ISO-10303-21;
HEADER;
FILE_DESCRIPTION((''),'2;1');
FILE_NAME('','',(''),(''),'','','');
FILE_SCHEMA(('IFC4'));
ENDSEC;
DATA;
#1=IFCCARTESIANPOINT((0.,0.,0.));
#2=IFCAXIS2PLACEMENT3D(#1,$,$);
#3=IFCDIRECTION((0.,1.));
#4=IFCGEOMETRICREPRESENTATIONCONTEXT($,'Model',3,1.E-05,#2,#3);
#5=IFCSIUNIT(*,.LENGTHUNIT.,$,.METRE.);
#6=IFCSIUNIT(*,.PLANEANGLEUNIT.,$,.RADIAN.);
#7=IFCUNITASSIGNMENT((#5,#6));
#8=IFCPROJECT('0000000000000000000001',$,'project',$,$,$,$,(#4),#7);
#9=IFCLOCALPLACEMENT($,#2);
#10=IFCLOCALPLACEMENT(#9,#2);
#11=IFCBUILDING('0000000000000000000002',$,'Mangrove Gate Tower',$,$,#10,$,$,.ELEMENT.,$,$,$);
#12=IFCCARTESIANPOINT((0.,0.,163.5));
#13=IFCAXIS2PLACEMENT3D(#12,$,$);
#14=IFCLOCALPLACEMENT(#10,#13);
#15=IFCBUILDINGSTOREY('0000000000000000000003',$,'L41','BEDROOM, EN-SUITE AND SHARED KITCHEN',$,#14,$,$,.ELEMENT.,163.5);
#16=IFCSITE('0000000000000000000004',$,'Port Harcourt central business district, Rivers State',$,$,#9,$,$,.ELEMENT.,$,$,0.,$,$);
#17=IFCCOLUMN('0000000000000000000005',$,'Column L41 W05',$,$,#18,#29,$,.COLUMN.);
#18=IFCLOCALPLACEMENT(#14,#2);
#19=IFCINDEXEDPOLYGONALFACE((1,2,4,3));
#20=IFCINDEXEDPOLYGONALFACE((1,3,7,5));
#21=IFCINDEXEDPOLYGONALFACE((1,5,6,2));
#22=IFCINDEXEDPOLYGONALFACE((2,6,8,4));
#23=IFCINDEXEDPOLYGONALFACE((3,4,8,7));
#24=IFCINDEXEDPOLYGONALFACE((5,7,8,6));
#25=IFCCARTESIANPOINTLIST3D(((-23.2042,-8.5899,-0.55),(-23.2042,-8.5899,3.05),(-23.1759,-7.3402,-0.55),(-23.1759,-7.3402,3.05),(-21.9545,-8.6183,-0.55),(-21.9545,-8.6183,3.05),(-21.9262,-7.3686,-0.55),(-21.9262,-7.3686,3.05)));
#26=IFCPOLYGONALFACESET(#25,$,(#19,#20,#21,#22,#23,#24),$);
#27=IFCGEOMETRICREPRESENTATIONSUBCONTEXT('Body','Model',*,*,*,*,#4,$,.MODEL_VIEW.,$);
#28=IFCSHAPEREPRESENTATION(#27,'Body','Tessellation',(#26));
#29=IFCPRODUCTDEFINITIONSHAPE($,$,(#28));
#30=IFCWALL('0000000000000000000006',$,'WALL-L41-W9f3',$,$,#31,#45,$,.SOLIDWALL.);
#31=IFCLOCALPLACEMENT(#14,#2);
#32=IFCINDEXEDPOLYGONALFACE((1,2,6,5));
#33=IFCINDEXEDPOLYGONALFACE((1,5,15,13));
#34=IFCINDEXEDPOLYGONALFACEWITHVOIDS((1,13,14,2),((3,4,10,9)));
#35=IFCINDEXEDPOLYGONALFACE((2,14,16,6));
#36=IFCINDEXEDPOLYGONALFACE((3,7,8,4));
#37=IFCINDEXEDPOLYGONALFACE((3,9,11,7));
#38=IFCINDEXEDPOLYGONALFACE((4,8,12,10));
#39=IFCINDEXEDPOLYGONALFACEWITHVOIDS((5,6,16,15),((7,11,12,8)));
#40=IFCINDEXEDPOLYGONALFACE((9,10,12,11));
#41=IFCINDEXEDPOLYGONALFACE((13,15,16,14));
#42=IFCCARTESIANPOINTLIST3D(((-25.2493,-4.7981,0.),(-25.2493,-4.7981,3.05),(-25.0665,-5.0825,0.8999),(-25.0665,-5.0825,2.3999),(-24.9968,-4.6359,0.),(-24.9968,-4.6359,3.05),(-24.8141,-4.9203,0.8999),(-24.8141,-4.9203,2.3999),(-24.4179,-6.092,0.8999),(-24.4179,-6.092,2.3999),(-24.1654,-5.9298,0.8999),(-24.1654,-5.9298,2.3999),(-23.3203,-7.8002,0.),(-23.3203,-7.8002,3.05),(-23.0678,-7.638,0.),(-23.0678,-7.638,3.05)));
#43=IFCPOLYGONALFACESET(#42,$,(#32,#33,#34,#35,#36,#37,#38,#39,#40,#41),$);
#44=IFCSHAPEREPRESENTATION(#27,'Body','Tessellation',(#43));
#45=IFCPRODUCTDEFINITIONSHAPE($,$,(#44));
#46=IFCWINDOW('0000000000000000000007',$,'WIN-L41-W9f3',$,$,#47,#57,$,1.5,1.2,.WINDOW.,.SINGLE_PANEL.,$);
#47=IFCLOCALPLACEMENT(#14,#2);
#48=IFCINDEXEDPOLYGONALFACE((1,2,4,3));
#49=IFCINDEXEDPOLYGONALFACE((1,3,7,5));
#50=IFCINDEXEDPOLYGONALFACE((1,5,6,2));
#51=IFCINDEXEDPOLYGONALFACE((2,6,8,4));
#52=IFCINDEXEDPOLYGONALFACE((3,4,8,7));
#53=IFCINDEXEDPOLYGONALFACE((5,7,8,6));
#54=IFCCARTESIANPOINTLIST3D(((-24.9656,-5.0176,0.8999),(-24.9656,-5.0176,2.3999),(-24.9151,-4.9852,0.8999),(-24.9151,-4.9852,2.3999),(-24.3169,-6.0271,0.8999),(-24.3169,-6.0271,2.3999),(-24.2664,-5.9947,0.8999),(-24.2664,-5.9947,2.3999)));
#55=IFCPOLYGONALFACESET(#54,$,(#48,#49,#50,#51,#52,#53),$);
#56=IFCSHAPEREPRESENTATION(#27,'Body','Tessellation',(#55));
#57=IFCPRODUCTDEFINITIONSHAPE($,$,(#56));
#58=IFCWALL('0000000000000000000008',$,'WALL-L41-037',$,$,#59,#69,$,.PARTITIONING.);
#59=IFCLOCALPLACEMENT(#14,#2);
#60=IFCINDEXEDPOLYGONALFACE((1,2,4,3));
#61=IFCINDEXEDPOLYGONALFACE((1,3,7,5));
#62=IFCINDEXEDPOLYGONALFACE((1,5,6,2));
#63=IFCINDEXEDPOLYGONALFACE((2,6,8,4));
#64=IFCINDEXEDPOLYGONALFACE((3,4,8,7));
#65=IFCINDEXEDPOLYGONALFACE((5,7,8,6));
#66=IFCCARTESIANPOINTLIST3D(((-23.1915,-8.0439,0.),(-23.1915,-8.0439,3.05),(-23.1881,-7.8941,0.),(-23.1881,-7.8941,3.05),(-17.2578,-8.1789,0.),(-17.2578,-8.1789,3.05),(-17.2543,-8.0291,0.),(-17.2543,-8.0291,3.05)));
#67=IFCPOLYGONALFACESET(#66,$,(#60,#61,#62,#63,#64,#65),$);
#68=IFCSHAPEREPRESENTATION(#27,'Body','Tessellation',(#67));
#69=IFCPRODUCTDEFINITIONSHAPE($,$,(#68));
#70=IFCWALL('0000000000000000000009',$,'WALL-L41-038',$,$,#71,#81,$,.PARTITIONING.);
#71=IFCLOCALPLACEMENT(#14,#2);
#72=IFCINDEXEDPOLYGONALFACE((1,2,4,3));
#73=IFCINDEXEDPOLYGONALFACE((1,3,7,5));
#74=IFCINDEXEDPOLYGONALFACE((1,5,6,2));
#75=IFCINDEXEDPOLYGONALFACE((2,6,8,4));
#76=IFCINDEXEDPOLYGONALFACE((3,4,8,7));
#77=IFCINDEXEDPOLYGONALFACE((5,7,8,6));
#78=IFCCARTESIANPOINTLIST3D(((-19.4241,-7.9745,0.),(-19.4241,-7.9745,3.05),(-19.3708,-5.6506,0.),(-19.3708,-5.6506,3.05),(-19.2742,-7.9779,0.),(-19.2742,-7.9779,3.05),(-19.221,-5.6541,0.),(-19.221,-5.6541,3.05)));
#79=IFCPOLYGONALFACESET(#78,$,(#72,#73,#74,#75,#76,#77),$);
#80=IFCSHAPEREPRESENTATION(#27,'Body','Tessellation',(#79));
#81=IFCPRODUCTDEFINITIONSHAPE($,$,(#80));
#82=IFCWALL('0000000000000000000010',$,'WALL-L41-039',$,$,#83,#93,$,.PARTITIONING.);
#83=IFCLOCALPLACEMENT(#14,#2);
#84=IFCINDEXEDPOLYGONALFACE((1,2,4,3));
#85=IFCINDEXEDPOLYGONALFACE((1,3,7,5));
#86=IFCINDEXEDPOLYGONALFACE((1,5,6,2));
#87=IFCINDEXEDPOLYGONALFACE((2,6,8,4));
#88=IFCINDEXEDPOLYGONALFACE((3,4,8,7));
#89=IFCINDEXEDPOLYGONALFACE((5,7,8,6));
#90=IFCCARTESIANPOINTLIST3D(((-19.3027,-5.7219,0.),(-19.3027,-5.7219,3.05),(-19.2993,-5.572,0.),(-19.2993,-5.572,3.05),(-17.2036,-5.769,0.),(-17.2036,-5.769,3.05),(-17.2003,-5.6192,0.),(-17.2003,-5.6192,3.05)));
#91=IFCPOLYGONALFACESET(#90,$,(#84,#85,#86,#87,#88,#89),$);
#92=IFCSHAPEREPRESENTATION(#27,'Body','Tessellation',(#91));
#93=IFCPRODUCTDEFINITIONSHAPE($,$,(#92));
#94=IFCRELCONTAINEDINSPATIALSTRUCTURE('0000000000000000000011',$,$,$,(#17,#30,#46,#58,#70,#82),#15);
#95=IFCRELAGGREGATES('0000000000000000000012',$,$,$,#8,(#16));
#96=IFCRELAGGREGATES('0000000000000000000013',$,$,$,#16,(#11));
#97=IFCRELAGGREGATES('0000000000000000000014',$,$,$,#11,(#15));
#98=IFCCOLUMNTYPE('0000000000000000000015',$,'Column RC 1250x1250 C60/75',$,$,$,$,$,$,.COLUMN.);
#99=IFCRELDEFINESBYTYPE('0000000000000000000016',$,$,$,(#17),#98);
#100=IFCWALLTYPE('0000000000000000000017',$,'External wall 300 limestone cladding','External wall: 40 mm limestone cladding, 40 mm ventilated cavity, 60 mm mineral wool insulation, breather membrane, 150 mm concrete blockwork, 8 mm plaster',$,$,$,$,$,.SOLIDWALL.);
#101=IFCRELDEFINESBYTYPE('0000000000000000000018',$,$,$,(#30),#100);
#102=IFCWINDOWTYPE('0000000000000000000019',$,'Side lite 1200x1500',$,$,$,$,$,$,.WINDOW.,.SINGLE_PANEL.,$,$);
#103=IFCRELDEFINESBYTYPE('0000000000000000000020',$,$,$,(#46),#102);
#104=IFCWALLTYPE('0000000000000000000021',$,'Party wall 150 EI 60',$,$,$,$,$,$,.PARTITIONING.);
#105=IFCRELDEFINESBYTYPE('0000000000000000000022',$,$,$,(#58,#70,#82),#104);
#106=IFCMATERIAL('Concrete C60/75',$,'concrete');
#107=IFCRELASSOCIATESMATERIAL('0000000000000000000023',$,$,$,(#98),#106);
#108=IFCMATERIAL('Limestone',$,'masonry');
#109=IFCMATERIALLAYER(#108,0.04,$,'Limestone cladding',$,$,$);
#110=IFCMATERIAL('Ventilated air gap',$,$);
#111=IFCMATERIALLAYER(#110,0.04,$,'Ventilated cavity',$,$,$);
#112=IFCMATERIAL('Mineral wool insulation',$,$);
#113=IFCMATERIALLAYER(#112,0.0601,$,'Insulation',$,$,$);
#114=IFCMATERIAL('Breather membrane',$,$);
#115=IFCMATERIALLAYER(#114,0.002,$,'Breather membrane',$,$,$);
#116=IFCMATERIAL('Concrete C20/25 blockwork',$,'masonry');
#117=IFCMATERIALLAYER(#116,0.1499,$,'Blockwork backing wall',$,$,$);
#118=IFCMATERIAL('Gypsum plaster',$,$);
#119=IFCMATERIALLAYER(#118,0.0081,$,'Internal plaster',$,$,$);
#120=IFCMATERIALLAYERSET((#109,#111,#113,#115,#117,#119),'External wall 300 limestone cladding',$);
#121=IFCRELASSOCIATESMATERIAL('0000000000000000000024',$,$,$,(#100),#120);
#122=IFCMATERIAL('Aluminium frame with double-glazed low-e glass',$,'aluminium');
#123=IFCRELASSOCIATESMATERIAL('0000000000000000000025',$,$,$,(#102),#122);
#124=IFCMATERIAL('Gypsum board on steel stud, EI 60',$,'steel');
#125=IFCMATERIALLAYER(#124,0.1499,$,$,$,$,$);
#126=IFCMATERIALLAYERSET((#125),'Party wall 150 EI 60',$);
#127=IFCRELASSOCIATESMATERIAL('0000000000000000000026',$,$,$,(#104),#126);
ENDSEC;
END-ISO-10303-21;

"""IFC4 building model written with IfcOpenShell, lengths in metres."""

from ifc_helpers import new_model, si_unit, direction, frame, frame_2d, origin, origin_2d, place, context, subcontext, project, spatial, rectangle, extrude, material, layer, layer_set, material_profile, profile_set, type_object, element, fill, save


model = new_model("IFC4")

# Units and contexts
model_context = context("Model", 3, precision=1e-05, world=origin(), true_north=direction((0.0, 1.0)))
body_context = subcontext(model_context, "Body", "Model", "MODEL_VIEW")
ifc_project = project(units=[si_unit("LENGTHUNIT", "METRE"), si_unit("PLANEANGLEUNIT", "RADIAN")], contexts=[model_context])

# Site, building, storey
site_placement = place(None, origin())
site = spatial("IfcSite", under=ifc_project, at=site_placement, Name="Port Harcourt central business district, Rivers State", CompositionType="ELEMENT", RefElevation=0.0)
building_placement = place(site_placement, origin())
building = spatial("IfcBuilding", under=site, at=building_placement, Name="Mangrove Gate Tower", CompositionType="ELEMENT")
storey_placement = place(building_placement, frame((0.0, 0.0, 163.5)))
storey = spatial("IfcBuildingStorey", under=building, at=storey_placement, Name="L41", Description="BEDROOM, EN-SUITE AND SHARED KITCHEN", CompositionType="ELEMENT", Elevation=163.5)

# Column
ifc_material_1 = material(Name="Concrete C60/75", Category="concrete")
ifc_material_profile = material_profile(ifc_material_1, rectangle(XDim=1.25, YDim=1.25, at=origin_2d()))
ifc_profile_set = profile_set([ifc_material_profile], Name="Concrete C60/75")
column_type = type_object("IfcColumnType", Name="Column RC 1250x1250 C60/75", PredefinedType="COLUMN", material=ifc_profile_set)
column_placement = place(storey_placement, frame((-22.5652, -7.9792, -0.55), z_axis=(0.0, 0.0, 1.0), x_axis=(-0.022668, -0.999743, 0.0)))
element("IfcColumn", 1, at=column_placement, inside=storey, type_object=column_type, Name="Column L41 W05", PredefinedType="COLUMN", context=body_context, shape_type="SweptSolid", body=[
    extrude(rectangle(XDim=1.25, YDim=1.25, at=origin_2d()), origin(), (0.0, 0.0, 1.0), 3.6001),
])

# Wall, opening, window
ifc_material_2 = material(Name="Limestone", Category="masonry")
ifc_layer_1 = layer(ifc_material_2, 0.04, Name="Limestone cladding")
ifc_material_3 = material(Name="Ventilated air gap")
ifc_layer_2 = layer(ifc_material_3, 0.04, Name="Ventilated cavity")
ifc_material_4 = material(Name="Mineral wool insulation")
ifc_layer_3 = layer(ifc_material_4, 0.0601, Name="Insulation")
ifc_material_5 = material(Name="Breather membrane")
ifc_layer_4 = layer(ifc_material_5, 0.002, Name="Breather membrane")
ifc_material_6 = material(Name="Concrete C20/25 blockwork", Category="masonry")
ifc_layer_5 = layer(ifc_material_6, 0.1499, Name="Blockwork backing wall")
ifc_material_7 = material(Name="Gypsum plaster")
ifc_layer_6 = layer(ifc_material_7, 0.0081, Name="Internal plaster")
ifc_layer_set_1 = layer_set([ifc_layer_1, ifc_layer_2, ifc_layer_3, ifc_layer_4, ifc_layer_5, ifc_layer_6], Name="External wall 300 limestone cladding")
wall_type_1 = type_object("IfcWallType", Name="External wall 300 limestone cladding", Description="External wall: 40 mm limestone cladding, 40 mm ventilated cavity, 60 mm mineral wool insulation, breather membrane, 150 mm concrete blockwork, 8 mm plaster", PredefinedType="SOLIDWALL", material=ifc_layer_set_1)
wall_1_placement = place(storey_placement, frame((-25.123, -4.717, 0.0), z_axis=(0.0, 0.0, 1.0), x_axis=(0.540585, -0.84129, 0.0)))
wall_1 = element("IfcWall", 2, at=wall_1_placement, inside=storey, type_object=wall_type_1, Name="WALL-L41-W9f3", PredefinedType="SOLIDWALL", context=body_context, shape_type="SweptSolid", body=[
    extrude(rectangle(XDim=3.5684, YDim=0.3, at=frame_2d((1.7842, 0.0))), origin(), (0.0, 0.0, 1.0), 3.05),
])
opening_1_placement = place(wall_1_placement, frame((0.3379, 0.0, 0.8999)))
opening_1 = element("IfcOpeningElement", 3, at=opening_1_placement, cuts=wall_1, PredefinedType="OPENING", context=body_context, shape_type="SweptSolid", body=[
    extrude(rectangle(XDim=1.2, YDim=1.5, at=frame_2d((0.6001, 0.75))), frame((0.0, 0.1599, 0.0), z_axis=(0.0, -1.0, 0.0), x_axis=(1.0, 0.0, 0.0)), (0.0, 0.0, 1.0), 0.3201),
])
ifc_material_8 = material(Name="Aluminium frame with double-glazed low-e glass", Category="aluminium")
window_type_1 = type_object("IfcWindowType", Name="Side lite 1200x1500", PartitioningType="SINGLE_PANEL", PredefinedType="WINDOW", material=ifc_material_8)
window_1_placement = place(opening_1_placement, origin())
window_1 = element("IfcWindow", 4, at=window_1_placement, inside=storey, type_object=window_type_1, Name="WIN-L41-W9f3", OverallHeight=1.5, OverallWidth=1.2, PartitioningType="SINGLE_PANEL", PredefinedType="WINDOW", context=body_context, shape_type="SweptSolid", body=[
    extrude(rectangle(XDim=1.2, YDim=1.5, at=frame_2d((0.6001, 0.75))), frame((0.0, 0.03, 0.0), z_axis=(0.0, -1.0, 0.0), x_axis=(1.0, 0.0, 0.0)), (0.0, 0.0, 1.0), 0.0601),
])
fill(opening_1, window_1)

# Walls
ifc_material_9 = material(Name="Gypsum board on steel stud, EI 60", Category="steel")
ifc_layer_7 = layer(ifc_material_9, 0.1499)
ifc_layer_set_2 = layer_set([ifc_layer_7], Name="Party wall 150 EI 60")
wall_type_2 = type_object("IfcWallType", Name="Party wall 150 EI 60", PredefinedType="PARTITIONING", material=ifc_layer_set_2)
wall_2_placement = place(storey_placement, frame((-23.1899, -7.969, 0.0), z_axis=(0.0, 0.0, 1.0), x_axis=(0.999741, -0.022747, 0.0)))
element("IfcWall", 5, at=wall_2_placement, inside=storey, type_object=wall_type_2, Name="WALL-L41-037", PredefinedType="PARTITIONING", context=body_context, shape_type="SweptSolid", body=[
    extrude(rectangle(XDim=5.9353, YDim=0.1499, at=frame_2d((2.9678, 0.0))), origin(), (0.0, 0.0, 1.0), 3.05),
])
wall_3_placement = place(storey_placement, frame((-19.3491, -7.9761, 0.0), z_axis=(0.0, 0.0, 1.0), x_axis=(0.022896, 0.999738, 0.0)))
element("IfcWall", 6, at=wall_3_placement, inside=storey, type_object=wall_type_2, Name="WALL-L41-038", PredefinedType="PARTITIONING", context=body_context, shape_type="SweptSolid", body=[
    extrude(rectangle(XDim=2.3245, YDim=0.1499, at=frame_2d((1.1621, 0.0))), origin(), (0.0, 0.0, 1.0), 3.05),
])
wall_4_placement = place(storey_placement, frame((-19.301, -5.647, 0.0), z_axis=(0.0, 0.0, 1.0), x_axis=(0.999748, -0.022441, 0.0)))
element("IfcWall", 7, at=wall_4_placement, inside=storey, type_object=wall_type_2, Name="WALL-L41-039", PredefinedType="PARTITIONING", context=body_context, shape_type="SweptSolid", body=[
    extrude(rectangle(XDim=2.0996, YDim=0.1499, at=frame_2d((1.0498, 0.0))), origin(), (0.0, 0.0, 1.0), 3.05),
])

save(model, "model.ifc")
